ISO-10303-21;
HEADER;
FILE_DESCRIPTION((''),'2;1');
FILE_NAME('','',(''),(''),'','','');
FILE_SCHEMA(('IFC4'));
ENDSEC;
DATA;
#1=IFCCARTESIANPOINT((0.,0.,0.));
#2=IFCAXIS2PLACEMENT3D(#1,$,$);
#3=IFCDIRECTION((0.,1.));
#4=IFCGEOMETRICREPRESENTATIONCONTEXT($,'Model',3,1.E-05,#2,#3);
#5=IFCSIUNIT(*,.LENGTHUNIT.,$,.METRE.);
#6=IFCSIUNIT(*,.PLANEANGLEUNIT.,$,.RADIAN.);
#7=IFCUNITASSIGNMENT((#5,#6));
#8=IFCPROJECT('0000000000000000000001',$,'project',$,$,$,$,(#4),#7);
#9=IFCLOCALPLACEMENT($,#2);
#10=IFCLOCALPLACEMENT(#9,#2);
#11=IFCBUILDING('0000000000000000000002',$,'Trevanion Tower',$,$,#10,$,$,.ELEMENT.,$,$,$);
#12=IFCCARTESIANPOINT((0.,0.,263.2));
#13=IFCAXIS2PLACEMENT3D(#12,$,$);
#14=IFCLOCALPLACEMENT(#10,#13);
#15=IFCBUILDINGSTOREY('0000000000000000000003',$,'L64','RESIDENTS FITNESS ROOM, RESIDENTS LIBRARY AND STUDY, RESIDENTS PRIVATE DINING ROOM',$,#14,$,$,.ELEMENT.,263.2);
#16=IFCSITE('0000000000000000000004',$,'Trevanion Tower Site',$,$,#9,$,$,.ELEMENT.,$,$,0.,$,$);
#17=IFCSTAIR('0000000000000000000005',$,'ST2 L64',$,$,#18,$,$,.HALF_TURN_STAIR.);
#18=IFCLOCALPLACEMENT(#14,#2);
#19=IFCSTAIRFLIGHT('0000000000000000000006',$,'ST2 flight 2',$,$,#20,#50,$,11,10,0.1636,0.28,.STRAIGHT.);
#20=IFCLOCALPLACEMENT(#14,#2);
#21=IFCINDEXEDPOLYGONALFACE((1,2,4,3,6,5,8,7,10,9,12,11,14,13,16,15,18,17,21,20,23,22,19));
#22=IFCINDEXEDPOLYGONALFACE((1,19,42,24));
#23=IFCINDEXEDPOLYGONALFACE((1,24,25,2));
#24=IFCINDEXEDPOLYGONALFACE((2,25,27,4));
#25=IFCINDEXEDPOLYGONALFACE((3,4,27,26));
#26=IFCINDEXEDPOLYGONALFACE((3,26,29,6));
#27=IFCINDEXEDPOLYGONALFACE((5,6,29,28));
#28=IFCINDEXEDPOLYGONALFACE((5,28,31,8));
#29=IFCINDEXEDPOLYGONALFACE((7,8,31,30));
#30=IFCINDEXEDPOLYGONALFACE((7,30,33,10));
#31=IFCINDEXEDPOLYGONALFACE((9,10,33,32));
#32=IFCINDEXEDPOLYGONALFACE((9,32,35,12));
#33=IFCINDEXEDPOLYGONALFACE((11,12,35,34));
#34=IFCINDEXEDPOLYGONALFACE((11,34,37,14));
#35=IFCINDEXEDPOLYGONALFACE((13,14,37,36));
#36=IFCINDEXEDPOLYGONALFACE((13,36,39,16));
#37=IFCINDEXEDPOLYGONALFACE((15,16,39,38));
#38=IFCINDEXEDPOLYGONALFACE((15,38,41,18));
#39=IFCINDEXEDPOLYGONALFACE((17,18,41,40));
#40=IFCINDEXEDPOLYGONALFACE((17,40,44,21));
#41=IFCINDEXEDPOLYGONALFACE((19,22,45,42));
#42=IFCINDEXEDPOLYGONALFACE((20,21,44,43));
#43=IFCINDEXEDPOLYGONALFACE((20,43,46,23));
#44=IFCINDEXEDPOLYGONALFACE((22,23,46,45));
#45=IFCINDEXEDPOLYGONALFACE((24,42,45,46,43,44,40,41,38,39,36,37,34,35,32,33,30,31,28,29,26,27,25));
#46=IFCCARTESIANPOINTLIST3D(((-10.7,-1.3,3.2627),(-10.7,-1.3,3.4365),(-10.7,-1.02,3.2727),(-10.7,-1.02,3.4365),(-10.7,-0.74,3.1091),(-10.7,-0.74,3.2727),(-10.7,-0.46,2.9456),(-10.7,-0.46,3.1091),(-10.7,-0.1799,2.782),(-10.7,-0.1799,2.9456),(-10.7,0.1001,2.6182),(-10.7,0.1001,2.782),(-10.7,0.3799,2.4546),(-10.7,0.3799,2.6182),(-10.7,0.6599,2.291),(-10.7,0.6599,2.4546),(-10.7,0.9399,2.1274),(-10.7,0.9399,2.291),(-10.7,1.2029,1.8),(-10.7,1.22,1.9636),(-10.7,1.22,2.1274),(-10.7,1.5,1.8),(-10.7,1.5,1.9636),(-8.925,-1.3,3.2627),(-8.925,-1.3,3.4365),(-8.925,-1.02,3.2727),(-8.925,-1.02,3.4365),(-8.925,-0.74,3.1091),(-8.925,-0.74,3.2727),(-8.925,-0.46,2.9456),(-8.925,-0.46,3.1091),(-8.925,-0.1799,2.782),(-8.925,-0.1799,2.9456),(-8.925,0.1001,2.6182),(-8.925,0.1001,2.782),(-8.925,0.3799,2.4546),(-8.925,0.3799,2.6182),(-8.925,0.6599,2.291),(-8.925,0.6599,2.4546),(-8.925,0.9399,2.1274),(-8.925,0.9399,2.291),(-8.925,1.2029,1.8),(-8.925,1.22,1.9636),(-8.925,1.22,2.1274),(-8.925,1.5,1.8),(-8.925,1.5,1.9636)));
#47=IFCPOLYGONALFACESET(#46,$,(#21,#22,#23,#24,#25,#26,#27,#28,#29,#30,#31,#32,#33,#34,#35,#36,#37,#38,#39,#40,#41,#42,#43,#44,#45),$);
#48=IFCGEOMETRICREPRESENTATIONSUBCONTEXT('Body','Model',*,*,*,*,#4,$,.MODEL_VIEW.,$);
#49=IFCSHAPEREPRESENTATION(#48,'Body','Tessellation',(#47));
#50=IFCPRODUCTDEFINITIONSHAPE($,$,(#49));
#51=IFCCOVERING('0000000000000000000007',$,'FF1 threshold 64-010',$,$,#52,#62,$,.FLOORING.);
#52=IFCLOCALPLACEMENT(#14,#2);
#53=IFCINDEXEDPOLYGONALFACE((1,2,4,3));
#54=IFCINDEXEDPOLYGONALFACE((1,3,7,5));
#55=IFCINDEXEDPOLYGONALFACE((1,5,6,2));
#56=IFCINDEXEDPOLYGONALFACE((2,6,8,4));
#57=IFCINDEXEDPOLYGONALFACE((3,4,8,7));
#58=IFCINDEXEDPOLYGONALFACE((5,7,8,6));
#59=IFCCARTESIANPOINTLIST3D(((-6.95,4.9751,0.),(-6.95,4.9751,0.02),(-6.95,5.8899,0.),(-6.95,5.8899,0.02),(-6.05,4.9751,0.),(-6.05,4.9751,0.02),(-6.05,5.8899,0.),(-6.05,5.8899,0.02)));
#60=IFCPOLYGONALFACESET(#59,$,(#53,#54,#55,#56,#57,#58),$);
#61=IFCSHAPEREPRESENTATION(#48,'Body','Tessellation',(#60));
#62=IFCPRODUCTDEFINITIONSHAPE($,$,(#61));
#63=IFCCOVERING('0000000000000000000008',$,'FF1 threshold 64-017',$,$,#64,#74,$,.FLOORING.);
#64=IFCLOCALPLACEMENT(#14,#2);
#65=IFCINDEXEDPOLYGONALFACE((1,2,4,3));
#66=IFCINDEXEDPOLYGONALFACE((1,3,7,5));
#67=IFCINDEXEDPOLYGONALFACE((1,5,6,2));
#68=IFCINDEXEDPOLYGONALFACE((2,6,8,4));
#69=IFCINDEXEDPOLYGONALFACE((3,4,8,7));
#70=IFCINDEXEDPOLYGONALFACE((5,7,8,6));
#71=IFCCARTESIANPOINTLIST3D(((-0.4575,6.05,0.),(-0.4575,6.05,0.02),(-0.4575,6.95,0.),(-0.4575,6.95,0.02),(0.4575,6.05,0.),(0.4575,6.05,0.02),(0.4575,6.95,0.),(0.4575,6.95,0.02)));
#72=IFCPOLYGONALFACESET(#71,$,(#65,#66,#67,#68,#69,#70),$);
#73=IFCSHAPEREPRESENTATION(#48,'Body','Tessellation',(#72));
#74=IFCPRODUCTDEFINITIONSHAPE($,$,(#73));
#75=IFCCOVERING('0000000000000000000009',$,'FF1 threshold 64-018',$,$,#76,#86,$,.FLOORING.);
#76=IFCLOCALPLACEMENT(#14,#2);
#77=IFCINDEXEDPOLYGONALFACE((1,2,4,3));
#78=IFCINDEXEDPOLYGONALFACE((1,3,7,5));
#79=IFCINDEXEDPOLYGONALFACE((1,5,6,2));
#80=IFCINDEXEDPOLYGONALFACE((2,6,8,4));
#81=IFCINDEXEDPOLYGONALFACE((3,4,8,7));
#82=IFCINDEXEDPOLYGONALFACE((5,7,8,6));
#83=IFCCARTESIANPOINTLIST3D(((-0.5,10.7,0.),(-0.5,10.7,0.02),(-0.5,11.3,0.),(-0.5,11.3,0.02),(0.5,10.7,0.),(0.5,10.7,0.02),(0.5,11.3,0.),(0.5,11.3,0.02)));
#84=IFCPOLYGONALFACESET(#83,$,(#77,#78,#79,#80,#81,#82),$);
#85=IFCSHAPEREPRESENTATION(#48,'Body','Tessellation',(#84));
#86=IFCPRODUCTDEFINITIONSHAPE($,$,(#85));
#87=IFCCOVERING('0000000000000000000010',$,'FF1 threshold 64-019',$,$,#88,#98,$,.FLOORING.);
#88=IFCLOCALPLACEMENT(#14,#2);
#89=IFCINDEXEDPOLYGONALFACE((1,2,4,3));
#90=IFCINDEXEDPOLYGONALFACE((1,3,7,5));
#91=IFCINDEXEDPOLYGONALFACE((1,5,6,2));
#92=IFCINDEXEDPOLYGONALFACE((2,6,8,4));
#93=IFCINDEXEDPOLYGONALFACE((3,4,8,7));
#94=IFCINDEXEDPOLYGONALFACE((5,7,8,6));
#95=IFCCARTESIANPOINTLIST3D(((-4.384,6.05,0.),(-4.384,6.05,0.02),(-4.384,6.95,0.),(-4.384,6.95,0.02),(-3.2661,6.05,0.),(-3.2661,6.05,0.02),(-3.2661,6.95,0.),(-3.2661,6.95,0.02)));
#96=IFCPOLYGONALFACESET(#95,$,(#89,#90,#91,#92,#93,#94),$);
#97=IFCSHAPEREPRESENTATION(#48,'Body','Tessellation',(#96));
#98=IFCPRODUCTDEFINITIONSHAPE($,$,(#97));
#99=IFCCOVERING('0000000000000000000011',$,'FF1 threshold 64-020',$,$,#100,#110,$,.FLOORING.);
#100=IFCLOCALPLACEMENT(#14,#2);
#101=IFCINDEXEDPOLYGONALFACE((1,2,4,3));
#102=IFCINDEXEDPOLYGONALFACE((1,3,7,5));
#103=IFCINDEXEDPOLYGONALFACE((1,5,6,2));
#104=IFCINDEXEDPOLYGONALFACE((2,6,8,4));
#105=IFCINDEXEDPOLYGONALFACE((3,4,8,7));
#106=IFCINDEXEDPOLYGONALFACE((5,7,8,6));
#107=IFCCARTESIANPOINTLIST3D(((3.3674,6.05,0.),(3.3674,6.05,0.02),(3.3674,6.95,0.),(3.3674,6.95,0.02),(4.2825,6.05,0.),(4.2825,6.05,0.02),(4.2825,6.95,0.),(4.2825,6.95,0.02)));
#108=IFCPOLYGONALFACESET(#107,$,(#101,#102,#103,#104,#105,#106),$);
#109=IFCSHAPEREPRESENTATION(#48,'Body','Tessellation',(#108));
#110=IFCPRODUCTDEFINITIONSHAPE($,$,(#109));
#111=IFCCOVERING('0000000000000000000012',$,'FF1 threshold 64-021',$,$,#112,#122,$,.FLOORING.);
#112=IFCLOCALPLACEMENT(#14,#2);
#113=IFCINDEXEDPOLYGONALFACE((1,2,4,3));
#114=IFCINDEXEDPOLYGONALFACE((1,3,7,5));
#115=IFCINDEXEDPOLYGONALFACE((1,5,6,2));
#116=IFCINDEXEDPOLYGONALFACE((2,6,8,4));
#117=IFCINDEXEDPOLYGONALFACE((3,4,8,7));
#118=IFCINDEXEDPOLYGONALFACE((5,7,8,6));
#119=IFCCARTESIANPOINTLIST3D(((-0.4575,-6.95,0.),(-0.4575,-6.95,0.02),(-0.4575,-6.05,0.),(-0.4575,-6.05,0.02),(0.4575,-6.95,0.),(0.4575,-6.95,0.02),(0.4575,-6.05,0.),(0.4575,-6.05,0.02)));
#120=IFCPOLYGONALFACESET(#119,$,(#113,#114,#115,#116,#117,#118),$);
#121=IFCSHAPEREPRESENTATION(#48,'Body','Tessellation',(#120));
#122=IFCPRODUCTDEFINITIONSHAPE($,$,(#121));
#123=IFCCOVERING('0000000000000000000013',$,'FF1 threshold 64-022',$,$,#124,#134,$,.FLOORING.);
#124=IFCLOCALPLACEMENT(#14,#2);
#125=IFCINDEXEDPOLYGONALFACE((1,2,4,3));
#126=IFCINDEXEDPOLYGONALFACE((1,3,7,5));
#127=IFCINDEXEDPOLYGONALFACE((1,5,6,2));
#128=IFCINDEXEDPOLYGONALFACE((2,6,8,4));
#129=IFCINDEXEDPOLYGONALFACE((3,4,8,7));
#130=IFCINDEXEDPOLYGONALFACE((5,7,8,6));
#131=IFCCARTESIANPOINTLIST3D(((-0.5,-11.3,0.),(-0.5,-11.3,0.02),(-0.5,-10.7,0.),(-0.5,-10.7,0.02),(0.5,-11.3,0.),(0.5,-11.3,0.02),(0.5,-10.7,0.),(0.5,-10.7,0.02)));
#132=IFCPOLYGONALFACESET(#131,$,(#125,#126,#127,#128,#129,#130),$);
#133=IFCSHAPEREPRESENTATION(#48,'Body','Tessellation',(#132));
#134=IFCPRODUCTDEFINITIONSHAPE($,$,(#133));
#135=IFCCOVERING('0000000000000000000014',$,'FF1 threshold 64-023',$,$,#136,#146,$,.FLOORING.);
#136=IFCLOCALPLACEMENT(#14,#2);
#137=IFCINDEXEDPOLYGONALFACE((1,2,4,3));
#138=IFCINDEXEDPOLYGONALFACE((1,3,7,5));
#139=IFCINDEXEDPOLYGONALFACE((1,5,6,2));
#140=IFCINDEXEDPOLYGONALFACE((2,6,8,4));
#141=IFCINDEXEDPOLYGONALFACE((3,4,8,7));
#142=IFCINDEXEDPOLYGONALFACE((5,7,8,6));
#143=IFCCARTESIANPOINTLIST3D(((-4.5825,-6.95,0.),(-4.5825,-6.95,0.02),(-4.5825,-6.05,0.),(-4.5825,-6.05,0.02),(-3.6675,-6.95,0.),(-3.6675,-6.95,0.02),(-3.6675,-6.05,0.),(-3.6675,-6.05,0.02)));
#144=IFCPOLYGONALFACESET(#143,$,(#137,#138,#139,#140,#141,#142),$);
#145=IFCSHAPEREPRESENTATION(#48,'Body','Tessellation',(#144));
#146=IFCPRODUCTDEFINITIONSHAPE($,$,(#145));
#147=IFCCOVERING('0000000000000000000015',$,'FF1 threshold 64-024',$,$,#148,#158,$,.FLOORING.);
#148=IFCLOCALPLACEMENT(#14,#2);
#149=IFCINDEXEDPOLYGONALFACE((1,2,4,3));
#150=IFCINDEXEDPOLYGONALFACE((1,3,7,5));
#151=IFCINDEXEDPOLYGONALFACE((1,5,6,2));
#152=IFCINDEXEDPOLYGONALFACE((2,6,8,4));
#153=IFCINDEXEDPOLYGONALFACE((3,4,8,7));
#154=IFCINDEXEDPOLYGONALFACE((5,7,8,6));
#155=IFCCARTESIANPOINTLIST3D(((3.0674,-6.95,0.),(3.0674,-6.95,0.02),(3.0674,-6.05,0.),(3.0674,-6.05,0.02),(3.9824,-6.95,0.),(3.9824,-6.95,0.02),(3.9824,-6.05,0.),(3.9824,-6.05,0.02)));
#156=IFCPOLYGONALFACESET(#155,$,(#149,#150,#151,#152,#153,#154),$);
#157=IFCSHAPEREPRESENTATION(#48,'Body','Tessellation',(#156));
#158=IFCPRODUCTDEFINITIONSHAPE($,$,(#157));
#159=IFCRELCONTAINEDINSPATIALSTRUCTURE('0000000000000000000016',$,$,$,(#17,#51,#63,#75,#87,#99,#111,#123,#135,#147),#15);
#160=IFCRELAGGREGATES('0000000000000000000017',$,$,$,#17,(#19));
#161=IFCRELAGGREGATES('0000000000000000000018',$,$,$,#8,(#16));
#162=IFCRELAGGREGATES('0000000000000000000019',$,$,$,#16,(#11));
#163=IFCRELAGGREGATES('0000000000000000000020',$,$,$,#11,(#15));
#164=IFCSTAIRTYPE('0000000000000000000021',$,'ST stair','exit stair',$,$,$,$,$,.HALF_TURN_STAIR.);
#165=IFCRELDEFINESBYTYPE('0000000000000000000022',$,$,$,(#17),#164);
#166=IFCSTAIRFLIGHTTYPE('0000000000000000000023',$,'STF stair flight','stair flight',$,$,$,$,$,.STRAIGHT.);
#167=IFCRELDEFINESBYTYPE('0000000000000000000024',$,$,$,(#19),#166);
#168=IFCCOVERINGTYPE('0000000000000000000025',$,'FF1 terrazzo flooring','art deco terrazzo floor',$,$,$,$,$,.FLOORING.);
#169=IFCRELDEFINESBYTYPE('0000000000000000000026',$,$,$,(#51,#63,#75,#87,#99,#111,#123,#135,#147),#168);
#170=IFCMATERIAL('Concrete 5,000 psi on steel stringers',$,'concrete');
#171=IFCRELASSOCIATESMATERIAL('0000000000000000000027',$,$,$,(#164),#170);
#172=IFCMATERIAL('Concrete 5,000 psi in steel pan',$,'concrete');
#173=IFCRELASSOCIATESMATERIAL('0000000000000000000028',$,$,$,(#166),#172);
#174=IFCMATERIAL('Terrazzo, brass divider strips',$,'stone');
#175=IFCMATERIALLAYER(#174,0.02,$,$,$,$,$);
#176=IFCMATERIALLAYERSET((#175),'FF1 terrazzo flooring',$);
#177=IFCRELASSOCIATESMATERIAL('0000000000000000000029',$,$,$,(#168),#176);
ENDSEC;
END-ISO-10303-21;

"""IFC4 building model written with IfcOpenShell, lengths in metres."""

from ifc_helpers import new_model, si_unit, direction, frame, origin, place, context, subcontext, project, spatial, polyline, outline, extrude, material, layer, layer_set, type_object, element, aggregate, save


model = new_model("IFC4")

# Units and contexts
model_context = context("Model", 3, precision=1e-05, world=origin(), true_north=direction((0.0, 1.0)))
body_context = subcontext(model_context, "Body", "Model", "MODEL_VIEW")
ifc_project = project(units=[si_unit("LENGTHUNIT", "METRE"), si_unit("PLANEANGLEUNIT", "RADIAN")], contexts=[model_context])

# Site, building, storey
site_placement = place(None, origin())
site = spatial("IfcSite", under=ifc_project, at=site_placement, Name="Trevanion Tower Site", CompositionType="ELEMENT", RefElevation=0.0)
building_placement = place(site_placement, origin())
building = spatial("IfcBuilding", under=site, at=building_placement, Name="Trevanion Tower", CompositionType="ELEMENT")
storey_placement = place(building_placement, frame((0.0, 0.0, 263.2)))
storey = spatial("IfcBuildingStorey", under=building, at=storey_placement, Name="L64", Description="RESIDENTS FITNESS ROOM, RESIDENTS LIBRARY AND STUDY, RESIDENTS PRIVATE DINING ROOM", CompositionType="ELEMENT", Elevation=263.2)

# Stair, stair flight
ifc_material_1 = material(Name="Concrete 5,000 psi on steel stringers", Category="concrete")
stair_type = type_object("IfcStairType", Name="ST stair", Description="exit stair", PredefinedType="HALF_TURN_STAIR", material=ifc_material_1)
stair_placement = place(storey_placement, origin())
stair = element("IfcStair", 1, at=stair_placement, inside=storey, type_object=stair_type, Name="ST2 L64", PredefinedType="HALF_TURN_STAIR")
ifc_material_2 = material(Name="Concrete 5,000 psi in steel pan", Category="concrete")
stair_flight_type = type_object("IfcStairFlightType", Name="STF stair flight", Description="stair flight", PredefinedType="STRAIGHT", material=ifc_material_2)
stair_flight_placement = place(storey_placement, frame((-9.8125, 1.5, 1.8), z_axis=(0.0, 0.0, 1.0), x_axis=(0.0, -1.0, 0.0)))
stair_flight = element("IfcStairFlight", 2, at=stair_flight_placement, type_object=stair_flight_type, Name="ST2 flight 2", NumberOfRisers=11, NumberOfTreads=10, PredefinedType="STRAIGHT", RiserHeight=0.1636, TreadLength=0.28, context=body_context, shape_type="SweptSolid", body=[
    extrude(outline(polyline([(0.0, 0.0), (0.0, 0.1636), (0.28, 0.1636), (0.28, 0.3274), (0.5601, 0.3274), (0.5601, 0.491), (0.8401, 0.491), (0.8401, 0.6545), (1.1201, 0.6545), (1.1201, 0.8181), (1.3999, 0.8181), (1.3999, 0.9819), (1.6799, 0.9819), (1.6799, 1.1455), (1.96, 1.1455), (1.96, 1.3091), (2.24, 1.3091), (2.24, 1.4727), (2.52, 1.4727), (2.52, 1.6365), (2.8, 1.6365), (2.8, 1.8), (2.8, 1.4626), (0.2971, 0.0), (0.0, 0.0)])), frame((0.0, 0.8875, 0.0), z_axis=(0.0, -1.0, 0.0), x_axis=(1.0, 0.0, 0.0)), (0.0, 0.0, 1.0), 1.7749),
])
aggregate(stair, [stair_flight])

# Coverings
ifc_material_3 = material(Name="Terrazzo, brass divider strips", Category="stone")
ifc_layer_1 = layer(ifc_material_3, 0.02)
ifc_layer_set_1 = layer_set([ifc_layer_1], Name="FF1 terrazzo flooring")
covering_type = type_object("IfcCoveringType", Name="FF1 terrazzo flooring", Description="art deco terrazzo floor", PredefinedType="FLOORING", material=ifc_layer_set_1)
covering_1_placement = place(storey_placement, origin())
element("IfcCovering", 3, at=covering_1_placement, inside=storey, type_object=covering_type, Name="FF1 threshold 64-010", PredefinedType="FLOORING", context=body_context, shape_type="SweptSolid", body=[
    extrude(outline(polyline([(-6.95, 5.8899), (-6.95, 4.9751), (-6.05, 4.9751), (-6.05, 5.8899), (-6.95, 5.8899)])), origin(), (0.0, 0.0, 1.0), 0.02),
])
covering_2_placement = place(storey_placement, origin())
element("IfcCovering", 4, at=covering_2_placement, inside=storey, type_object=covering_type, Name="FF1 threshold 64-017", PredefinedType="FLOORING", context=body_context, shape_type="SweptSolid", body=[
    extrude(outline(polyline([(0.4575, 6.95), (-0.4575, 6.95), (-0.4575, 6.05), (0.4575, 6.05), (0.4575, 6.95)])), origin(), (0.0, 0.0, 1.0), 0.02),
])
covering_3_placement = place(storey_placement, origin())
element("IfcCovering", 5, at=covering_3_placement, inside=storey, type_object=covering_type, Name="FF1 threshold 64-018", PredefinedType="FLOORING", context=body_context, shape_type="SweptSolid", body=[
    extrude(outline(polyline([(0.5, 11.3), (-0.5, 11.3), (-0.5, 10.7), (0.5, 10.7), (0.5, 11.3)])), origin(), (0.0, 0.0, 1.0), 0.02),
])
covering_4_placement = place(storey_placement, origin())
element("IfcCovering", 6, at=covering_4_placement, inside=storey, type_object=covering_type, Name="FF1 threshold 64-019", PredefinedType="FLOORING", context=body_context, shape_type="SweptSolid", body=[
    extrude(outline(polyline([(-3.2661, 6.95), (-4.384, 6.95), (-4.384, 6.05), (-3.2661, 6.05), (-3.2661, 6.95)])), origin(), (0.0, 0.0, 1.0), 0.02),
])
covering_5_placement = place(storey_placement, origin())
element("IfcCovering", 7, at=covering_5_placement, inside=storey, type_object=covering_type, Name="FF1 threshold 64-020", PredefinedType="FLOORING", context=body_context, shape_type="SweptSolid", body=[
    extrude(outline(polyline([(4.2825, 6.95), (3.3674, 6.95), (3.3674, 6.05), (4.2825, 6.05), (4.2825, 6.95)])), origin(), (0.0, 0.0, 1.0), 0.02),
])
covering_6_placement = place(storey_placement, origin())
element("IfcCovering", 8, at=covering_6_placement, inside=storey, type_object=covering_type, Name="FF1 threshold 64-021", PredefinedType="FLOORING", context=body_context, shape_type="SweptSolid", body=[
    extrude(outline(polyline([(-0.4575, -6.95), (0.4575, -6.95), (0.4575, -6.05), (-0.4575, -6.05), (-0.4575, -6.95)])), origin(), (0.0, 0.0, 1.0), 0.02),
])
covering_7_placement = place(storey_placement, origin())
element("IfcCovering", 9, at=covering_7_placement, inside=storey, type_object=covering_type, Name="FF1 threshold 64-022", PredefinedType="FLOORING", context=body_context, shape_type="SweptSolid", body=[
    extrude(outline(polyline([(-0.5, -11.3), (0.5, -11.3), (0.5, -10.7), (-0.5, -10.7), (-0.5, -11.3)])), origin(), (0.0, 0.0, 1.0), 0.02),
])
covering_8_placement = place(storey_placement, origin())
element("IfcCovering", 10, at=covering_8_placement, inside=storey, type_object=covering_type, Name="FF1 threshold 64-023", PredefinedType="FLOORING", context=body_context, shape_type="SweptSolid", body=[
    extrude(outline(polyline([(-4.5825, -6.95), (-3.6675, -6.95), (-3.6675, -6.05), (-4.5825, -6.05), (-4.5825, -6.95)])), origin(), (0.0, 0.0, 1.0), 0.02),
])
covering_9_placement = place(storey_placement, origin())
element("IfcCovering", 11, at=covering_9_placement, inside=storey, type_object=covering_type, Name="FF1 threshold 64-024", PredefinedType="FLOORING", context=body_context, shape_type="SweptSolid", body=[
    extrude(outline(polyline([(3.0674, -6.95), (3.9824, -6.95), (3.9824, -6.05), (3.0674, -6.05), (3.0674, -6.95)])), origin(), (0.0, 0.0, 1.0), 0.02),
])

save(model, "model.ifc")
